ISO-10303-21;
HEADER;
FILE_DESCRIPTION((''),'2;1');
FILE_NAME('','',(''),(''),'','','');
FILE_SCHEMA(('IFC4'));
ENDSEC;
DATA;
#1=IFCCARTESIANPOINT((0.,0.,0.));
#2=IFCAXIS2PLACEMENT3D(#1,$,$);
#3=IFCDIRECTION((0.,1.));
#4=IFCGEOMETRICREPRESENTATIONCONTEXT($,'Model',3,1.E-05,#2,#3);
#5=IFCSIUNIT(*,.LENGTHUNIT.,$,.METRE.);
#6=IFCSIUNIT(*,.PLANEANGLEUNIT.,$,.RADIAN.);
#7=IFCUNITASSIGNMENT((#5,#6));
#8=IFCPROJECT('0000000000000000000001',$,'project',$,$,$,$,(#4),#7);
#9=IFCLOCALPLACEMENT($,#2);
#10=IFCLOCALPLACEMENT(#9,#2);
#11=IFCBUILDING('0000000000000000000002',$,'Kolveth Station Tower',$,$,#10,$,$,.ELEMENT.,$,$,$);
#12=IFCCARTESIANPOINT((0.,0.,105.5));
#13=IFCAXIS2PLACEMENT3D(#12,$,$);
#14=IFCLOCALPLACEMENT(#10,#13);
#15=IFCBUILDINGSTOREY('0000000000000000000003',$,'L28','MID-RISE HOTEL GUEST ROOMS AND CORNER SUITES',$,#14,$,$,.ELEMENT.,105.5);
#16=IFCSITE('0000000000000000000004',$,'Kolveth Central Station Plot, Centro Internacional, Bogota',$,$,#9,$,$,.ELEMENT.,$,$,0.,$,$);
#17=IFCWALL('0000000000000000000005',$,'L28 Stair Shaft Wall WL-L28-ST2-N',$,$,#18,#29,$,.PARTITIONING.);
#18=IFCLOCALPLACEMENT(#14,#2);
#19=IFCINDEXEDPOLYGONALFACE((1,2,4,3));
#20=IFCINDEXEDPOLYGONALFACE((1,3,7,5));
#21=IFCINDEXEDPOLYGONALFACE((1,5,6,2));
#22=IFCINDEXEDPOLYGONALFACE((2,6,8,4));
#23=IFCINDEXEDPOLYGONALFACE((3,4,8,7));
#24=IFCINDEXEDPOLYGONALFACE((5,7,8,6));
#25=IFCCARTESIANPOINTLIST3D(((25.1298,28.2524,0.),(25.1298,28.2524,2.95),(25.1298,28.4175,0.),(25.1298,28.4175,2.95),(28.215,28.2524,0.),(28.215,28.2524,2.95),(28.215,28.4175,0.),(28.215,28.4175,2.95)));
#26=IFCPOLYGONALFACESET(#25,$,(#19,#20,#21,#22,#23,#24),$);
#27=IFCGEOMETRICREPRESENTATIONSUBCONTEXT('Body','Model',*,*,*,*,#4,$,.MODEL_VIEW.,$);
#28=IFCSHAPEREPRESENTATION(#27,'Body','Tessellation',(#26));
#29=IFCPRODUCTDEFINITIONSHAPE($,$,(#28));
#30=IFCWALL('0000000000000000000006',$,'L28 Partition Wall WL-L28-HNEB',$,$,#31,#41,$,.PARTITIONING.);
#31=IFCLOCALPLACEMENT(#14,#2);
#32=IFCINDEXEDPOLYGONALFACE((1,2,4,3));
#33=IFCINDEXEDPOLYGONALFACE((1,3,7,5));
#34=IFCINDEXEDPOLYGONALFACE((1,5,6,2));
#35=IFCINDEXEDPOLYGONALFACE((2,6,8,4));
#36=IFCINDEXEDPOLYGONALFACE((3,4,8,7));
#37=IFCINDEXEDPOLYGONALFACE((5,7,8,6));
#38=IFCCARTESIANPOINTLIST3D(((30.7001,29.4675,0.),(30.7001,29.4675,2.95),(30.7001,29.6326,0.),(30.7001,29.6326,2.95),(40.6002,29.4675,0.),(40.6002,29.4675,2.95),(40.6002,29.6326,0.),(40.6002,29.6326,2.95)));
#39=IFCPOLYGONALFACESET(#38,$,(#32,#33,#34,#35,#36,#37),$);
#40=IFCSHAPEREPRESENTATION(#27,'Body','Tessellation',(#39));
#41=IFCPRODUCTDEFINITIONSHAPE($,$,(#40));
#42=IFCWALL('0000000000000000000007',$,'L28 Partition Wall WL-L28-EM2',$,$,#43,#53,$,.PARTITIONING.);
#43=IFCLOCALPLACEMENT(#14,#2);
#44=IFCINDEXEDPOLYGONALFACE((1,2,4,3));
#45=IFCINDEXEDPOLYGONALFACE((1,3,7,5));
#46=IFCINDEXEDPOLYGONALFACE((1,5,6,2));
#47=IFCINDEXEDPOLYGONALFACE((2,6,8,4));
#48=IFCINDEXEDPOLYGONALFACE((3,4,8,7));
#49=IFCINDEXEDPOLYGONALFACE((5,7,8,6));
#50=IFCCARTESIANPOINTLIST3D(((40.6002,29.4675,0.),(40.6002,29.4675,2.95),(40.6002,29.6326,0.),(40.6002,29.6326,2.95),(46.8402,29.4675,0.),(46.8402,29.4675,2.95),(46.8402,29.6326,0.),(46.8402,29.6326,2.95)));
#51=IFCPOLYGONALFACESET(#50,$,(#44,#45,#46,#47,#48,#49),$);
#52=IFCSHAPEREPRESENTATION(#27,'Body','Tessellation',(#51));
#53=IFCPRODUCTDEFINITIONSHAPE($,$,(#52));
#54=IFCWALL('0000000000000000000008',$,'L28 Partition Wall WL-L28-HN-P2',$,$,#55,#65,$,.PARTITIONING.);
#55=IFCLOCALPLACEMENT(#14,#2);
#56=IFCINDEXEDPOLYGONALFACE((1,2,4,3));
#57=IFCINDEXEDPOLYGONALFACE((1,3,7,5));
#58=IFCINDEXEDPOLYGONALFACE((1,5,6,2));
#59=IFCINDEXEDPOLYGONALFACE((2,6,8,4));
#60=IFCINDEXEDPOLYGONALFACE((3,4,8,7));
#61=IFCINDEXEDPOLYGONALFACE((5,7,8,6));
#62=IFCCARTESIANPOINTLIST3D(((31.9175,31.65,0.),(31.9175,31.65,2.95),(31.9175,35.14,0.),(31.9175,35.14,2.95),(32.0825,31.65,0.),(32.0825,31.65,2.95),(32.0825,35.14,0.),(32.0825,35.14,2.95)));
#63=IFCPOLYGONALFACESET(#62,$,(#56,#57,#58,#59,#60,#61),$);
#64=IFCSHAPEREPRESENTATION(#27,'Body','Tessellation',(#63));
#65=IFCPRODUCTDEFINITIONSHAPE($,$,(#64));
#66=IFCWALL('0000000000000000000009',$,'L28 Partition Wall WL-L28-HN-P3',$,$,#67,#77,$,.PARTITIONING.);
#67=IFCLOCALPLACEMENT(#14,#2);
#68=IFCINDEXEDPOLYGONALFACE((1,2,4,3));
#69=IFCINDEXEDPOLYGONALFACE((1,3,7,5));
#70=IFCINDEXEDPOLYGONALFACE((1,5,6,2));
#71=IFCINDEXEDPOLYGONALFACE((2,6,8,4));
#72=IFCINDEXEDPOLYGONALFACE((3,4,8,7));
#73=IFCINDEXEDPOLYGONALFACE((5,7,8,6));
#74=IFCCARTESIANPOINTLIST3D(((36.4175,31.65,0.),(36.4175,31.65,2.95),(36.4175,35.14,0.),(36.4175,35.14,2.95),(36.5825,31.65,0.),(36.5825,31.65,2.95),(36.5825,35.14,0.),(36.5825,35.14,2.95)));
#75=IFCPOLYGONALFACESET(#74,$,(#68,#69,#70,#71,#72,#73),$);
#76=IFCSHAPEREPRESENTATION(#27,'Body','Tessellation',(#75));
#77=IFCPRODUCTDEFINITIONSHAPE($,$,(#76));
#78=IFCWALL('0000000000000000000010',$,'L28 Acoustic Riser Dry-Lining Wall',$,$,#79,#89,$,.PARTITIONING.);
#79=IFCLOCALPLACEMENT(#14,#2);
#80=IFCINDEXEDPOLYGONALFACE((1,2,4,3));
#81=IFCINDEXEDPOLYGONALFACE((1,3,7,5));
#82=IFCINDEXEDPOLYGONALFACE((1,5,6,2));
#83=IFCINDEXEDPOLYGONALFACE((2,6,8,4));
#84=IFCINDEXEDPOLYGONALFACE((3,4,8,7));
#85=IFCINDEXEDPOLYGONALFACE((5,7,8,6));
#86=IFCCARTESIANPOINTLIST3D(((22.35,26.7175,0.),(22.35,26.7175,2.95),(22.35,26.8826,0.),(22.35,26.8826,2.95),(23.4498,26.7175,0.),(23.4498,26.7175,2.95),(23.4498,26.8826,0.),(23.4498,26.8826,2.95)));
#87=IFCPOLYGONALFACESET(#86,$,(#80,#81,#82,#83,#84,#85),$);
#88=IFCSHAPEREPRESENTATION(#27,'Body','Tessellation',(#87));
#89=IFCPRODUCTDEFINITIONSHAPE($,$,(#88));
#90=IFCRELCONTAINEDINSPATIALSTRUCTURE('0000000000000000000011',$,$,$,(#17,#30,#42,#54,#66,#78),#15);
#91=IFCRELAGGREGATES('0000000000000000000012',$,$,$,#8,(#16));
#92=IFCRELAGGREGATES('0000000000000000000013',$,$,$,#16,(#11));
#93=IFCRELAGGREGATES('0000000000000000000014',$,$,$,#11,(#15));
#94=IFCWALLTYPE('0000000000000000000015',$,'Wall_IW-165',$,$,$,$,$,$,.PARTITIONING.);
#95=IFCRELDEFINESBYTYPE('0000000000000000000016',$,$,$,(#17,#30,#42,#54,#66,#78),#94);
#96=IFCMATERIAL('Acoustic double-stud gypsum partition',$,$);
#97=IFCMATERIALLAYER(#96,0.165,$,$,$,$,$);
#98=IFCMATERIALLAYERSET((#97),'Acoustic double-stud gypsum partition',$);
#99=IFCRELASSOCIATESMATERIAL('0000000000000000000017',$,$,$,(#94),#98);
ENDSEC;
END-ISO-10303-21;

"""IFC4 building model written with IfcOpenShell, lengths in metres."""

from ifc_helpers import new_model, si_unit, direction, frame, frame_2d, origin, place, context, subcontext, project, spatial, rectangle, extrude, material, layer, layer_set, type_object, element, save


model = new_model("IFC4")

# Units and contexts
model_context = context("Model", 3, precision=1e-05, world=origin(), true_north=direction((0.0, 1.0)))
body_context = subcontext(model_context, "Body", "Model", "MODEL_VIEW")
ifc_project = project(units=[si_unit("LENGTHUNIT", "METRE"), si_unit("PLANEANGLEUNIT", "RADIAN")], contexts=[model_context])

# Site, building, storey
site_placement = place(None, origin())
site = spatial("IfcSite", under=ifc_project, at=site_placement, Name="Kolveth Central Station Plot, Centro Internacional, Bogota", CompositionType="ELEMENT", RefElevation=0.0)
building_placement = place(site_placement, origin())
building = spatial("IfcBuilding", under=site, at=building_placement, Name="Kolveth Station Tower", CompositionType="ELEMENT")
storey_placement = place(building_placement, frame((0.0, 0.0, 105.5)))
storey = spatial("IfcBuildingStorey", under=building, at=storey_placement, Name="L28", Description="MID-RISE HOTEL GUEST ROOMS AND CORNER SUITES", CompositionType="ELEMENT", Elevation=105.5)

# Walls
ifc_material_1 = material(Name="Acoustic double-stud gypsum partition")
ifc_layer_1 = layer(ifc_material_1, 0.165)
ifc_layer_set_1 = layer_set([ifc_layer_1], Name="Acoustic double-stud gypsum partition")
wall_type = type_object("IfcWallType", Name="Wall_IW-165", PredefinedType="PARTITIONING", material=ifc_layer_set_1)
wall_1_placement = place(storey_placement, frame((25.1299, 28.335, 0.0), z_axis=(0.0, 0.0, 1.0), x_axis=(1.0, 0.0, 0.0)))
element("IfcWall", 1, at=wall_1_placement, inside=storey, type_object=wall_type, Name="L28 Stair Shaft Wall WL-L28-ST2-N", PredefinedType="PARTITIONING", context=body_context, shape_type="SweptSolid", body=[
    extrude(rectangle(XDim=3.0852, YDim=0.165, at=frame_2d((1.5425, 0.0))), origin(), (0.0, 0.0, 1.0), 2.95),
])
wall_2_placement = place(storey_placement, frame((30.7, 29.55, 0.0), z_axis=(0.0, 0.0, 1.0), x_axis=(1.0, 0.0, 0.0)))
element("IfcWall", 2, at=wall_2_placement, inside=storey, type_object=wall_type, Name="L28 Partition Wall WL-L28-HNEB", PredefinedType="PARTITIONING", context=body_context, shape_type="SweptSolid", body=[
    extrude(rectangle(XDim=9.9001, YDim=0.165, at=frame_2d((4.9502, 0.0))), origin(), (0.0, 0.0, 1.0), 2.95),
])

# Walls
wall_3_placement = place(storey_placement, frame((40.6001, 29.55, 0.0), z_axis=(0.0, 0.0, 1.0), x_axis=(1.0, 0.0, 0.0)))
element("IfcWall", 3, at=wall_3_placement, inside=storey, type_object=wall_type, Name="L28 Partition Wall WL-L28-EM2", PredefinedType="PARTITIONING", context=body_context, shape_type="SweptSolid", body=[
    extrude(rectangle(XDim=6.24, YDim=0.165, at=frame_2d((3.1201, 0.0))), origin(), (0.0, 0.0, 1.0), 2.95),
])
for number, where, z_axis, x_axis, name in (
    (4, (32.0, 31.6499, 0.0), (0.0, 0.0, 1.0), (0.0, 1.0, 0.0), "L28 Partition Wall WL-L28-HN-P2"),
    (5, (36.5, 31.6499, 0.0), (0.0, 0.0, 1.0), (0.0, 1.0, 0.0), "L28 Partition Wall WL-L28-HN-P3"),
):
    element("IfcWall", number, at=place(storey_placement, frame(where, z_axis=z_axis, x_axis=x_axis)), inside=storey, type_object=wall_type, Name=name, PredefinedType="PARTITIONING", context=body_context, shape_type="SweptSolid", body=[
        extrude(rectangle(XDim=3.49, YDim=0.165, at=frame_2d((1.7451, 0.0))), origin(), (0.0, 0.0, 1.0), 2.95),
    ])
wall_4_placement = place(storey_placement, frame((22.3501, 26.8, 0.0), z_axis=(0.0, 0.0, 1.0), x_axis=(1.0, 0.0, 0.0)))
element("IfcWall", 6, at=wall_4_placement, inside=storey, type_object=wall_type, Name="L28 Acoustic Riser Dry-Lining Wall", PredefinedType="PARTITIONING", context=body_context, shape_type="SweptSolid", body=[
    extrude(rectangle(XDim=1.0999, YDim=0.165, at=frame_2d((0.5498, 0.0))), origin(), (0.0, 0.0, 1.0), 2.95),
])

save(model, "model.ifc")
